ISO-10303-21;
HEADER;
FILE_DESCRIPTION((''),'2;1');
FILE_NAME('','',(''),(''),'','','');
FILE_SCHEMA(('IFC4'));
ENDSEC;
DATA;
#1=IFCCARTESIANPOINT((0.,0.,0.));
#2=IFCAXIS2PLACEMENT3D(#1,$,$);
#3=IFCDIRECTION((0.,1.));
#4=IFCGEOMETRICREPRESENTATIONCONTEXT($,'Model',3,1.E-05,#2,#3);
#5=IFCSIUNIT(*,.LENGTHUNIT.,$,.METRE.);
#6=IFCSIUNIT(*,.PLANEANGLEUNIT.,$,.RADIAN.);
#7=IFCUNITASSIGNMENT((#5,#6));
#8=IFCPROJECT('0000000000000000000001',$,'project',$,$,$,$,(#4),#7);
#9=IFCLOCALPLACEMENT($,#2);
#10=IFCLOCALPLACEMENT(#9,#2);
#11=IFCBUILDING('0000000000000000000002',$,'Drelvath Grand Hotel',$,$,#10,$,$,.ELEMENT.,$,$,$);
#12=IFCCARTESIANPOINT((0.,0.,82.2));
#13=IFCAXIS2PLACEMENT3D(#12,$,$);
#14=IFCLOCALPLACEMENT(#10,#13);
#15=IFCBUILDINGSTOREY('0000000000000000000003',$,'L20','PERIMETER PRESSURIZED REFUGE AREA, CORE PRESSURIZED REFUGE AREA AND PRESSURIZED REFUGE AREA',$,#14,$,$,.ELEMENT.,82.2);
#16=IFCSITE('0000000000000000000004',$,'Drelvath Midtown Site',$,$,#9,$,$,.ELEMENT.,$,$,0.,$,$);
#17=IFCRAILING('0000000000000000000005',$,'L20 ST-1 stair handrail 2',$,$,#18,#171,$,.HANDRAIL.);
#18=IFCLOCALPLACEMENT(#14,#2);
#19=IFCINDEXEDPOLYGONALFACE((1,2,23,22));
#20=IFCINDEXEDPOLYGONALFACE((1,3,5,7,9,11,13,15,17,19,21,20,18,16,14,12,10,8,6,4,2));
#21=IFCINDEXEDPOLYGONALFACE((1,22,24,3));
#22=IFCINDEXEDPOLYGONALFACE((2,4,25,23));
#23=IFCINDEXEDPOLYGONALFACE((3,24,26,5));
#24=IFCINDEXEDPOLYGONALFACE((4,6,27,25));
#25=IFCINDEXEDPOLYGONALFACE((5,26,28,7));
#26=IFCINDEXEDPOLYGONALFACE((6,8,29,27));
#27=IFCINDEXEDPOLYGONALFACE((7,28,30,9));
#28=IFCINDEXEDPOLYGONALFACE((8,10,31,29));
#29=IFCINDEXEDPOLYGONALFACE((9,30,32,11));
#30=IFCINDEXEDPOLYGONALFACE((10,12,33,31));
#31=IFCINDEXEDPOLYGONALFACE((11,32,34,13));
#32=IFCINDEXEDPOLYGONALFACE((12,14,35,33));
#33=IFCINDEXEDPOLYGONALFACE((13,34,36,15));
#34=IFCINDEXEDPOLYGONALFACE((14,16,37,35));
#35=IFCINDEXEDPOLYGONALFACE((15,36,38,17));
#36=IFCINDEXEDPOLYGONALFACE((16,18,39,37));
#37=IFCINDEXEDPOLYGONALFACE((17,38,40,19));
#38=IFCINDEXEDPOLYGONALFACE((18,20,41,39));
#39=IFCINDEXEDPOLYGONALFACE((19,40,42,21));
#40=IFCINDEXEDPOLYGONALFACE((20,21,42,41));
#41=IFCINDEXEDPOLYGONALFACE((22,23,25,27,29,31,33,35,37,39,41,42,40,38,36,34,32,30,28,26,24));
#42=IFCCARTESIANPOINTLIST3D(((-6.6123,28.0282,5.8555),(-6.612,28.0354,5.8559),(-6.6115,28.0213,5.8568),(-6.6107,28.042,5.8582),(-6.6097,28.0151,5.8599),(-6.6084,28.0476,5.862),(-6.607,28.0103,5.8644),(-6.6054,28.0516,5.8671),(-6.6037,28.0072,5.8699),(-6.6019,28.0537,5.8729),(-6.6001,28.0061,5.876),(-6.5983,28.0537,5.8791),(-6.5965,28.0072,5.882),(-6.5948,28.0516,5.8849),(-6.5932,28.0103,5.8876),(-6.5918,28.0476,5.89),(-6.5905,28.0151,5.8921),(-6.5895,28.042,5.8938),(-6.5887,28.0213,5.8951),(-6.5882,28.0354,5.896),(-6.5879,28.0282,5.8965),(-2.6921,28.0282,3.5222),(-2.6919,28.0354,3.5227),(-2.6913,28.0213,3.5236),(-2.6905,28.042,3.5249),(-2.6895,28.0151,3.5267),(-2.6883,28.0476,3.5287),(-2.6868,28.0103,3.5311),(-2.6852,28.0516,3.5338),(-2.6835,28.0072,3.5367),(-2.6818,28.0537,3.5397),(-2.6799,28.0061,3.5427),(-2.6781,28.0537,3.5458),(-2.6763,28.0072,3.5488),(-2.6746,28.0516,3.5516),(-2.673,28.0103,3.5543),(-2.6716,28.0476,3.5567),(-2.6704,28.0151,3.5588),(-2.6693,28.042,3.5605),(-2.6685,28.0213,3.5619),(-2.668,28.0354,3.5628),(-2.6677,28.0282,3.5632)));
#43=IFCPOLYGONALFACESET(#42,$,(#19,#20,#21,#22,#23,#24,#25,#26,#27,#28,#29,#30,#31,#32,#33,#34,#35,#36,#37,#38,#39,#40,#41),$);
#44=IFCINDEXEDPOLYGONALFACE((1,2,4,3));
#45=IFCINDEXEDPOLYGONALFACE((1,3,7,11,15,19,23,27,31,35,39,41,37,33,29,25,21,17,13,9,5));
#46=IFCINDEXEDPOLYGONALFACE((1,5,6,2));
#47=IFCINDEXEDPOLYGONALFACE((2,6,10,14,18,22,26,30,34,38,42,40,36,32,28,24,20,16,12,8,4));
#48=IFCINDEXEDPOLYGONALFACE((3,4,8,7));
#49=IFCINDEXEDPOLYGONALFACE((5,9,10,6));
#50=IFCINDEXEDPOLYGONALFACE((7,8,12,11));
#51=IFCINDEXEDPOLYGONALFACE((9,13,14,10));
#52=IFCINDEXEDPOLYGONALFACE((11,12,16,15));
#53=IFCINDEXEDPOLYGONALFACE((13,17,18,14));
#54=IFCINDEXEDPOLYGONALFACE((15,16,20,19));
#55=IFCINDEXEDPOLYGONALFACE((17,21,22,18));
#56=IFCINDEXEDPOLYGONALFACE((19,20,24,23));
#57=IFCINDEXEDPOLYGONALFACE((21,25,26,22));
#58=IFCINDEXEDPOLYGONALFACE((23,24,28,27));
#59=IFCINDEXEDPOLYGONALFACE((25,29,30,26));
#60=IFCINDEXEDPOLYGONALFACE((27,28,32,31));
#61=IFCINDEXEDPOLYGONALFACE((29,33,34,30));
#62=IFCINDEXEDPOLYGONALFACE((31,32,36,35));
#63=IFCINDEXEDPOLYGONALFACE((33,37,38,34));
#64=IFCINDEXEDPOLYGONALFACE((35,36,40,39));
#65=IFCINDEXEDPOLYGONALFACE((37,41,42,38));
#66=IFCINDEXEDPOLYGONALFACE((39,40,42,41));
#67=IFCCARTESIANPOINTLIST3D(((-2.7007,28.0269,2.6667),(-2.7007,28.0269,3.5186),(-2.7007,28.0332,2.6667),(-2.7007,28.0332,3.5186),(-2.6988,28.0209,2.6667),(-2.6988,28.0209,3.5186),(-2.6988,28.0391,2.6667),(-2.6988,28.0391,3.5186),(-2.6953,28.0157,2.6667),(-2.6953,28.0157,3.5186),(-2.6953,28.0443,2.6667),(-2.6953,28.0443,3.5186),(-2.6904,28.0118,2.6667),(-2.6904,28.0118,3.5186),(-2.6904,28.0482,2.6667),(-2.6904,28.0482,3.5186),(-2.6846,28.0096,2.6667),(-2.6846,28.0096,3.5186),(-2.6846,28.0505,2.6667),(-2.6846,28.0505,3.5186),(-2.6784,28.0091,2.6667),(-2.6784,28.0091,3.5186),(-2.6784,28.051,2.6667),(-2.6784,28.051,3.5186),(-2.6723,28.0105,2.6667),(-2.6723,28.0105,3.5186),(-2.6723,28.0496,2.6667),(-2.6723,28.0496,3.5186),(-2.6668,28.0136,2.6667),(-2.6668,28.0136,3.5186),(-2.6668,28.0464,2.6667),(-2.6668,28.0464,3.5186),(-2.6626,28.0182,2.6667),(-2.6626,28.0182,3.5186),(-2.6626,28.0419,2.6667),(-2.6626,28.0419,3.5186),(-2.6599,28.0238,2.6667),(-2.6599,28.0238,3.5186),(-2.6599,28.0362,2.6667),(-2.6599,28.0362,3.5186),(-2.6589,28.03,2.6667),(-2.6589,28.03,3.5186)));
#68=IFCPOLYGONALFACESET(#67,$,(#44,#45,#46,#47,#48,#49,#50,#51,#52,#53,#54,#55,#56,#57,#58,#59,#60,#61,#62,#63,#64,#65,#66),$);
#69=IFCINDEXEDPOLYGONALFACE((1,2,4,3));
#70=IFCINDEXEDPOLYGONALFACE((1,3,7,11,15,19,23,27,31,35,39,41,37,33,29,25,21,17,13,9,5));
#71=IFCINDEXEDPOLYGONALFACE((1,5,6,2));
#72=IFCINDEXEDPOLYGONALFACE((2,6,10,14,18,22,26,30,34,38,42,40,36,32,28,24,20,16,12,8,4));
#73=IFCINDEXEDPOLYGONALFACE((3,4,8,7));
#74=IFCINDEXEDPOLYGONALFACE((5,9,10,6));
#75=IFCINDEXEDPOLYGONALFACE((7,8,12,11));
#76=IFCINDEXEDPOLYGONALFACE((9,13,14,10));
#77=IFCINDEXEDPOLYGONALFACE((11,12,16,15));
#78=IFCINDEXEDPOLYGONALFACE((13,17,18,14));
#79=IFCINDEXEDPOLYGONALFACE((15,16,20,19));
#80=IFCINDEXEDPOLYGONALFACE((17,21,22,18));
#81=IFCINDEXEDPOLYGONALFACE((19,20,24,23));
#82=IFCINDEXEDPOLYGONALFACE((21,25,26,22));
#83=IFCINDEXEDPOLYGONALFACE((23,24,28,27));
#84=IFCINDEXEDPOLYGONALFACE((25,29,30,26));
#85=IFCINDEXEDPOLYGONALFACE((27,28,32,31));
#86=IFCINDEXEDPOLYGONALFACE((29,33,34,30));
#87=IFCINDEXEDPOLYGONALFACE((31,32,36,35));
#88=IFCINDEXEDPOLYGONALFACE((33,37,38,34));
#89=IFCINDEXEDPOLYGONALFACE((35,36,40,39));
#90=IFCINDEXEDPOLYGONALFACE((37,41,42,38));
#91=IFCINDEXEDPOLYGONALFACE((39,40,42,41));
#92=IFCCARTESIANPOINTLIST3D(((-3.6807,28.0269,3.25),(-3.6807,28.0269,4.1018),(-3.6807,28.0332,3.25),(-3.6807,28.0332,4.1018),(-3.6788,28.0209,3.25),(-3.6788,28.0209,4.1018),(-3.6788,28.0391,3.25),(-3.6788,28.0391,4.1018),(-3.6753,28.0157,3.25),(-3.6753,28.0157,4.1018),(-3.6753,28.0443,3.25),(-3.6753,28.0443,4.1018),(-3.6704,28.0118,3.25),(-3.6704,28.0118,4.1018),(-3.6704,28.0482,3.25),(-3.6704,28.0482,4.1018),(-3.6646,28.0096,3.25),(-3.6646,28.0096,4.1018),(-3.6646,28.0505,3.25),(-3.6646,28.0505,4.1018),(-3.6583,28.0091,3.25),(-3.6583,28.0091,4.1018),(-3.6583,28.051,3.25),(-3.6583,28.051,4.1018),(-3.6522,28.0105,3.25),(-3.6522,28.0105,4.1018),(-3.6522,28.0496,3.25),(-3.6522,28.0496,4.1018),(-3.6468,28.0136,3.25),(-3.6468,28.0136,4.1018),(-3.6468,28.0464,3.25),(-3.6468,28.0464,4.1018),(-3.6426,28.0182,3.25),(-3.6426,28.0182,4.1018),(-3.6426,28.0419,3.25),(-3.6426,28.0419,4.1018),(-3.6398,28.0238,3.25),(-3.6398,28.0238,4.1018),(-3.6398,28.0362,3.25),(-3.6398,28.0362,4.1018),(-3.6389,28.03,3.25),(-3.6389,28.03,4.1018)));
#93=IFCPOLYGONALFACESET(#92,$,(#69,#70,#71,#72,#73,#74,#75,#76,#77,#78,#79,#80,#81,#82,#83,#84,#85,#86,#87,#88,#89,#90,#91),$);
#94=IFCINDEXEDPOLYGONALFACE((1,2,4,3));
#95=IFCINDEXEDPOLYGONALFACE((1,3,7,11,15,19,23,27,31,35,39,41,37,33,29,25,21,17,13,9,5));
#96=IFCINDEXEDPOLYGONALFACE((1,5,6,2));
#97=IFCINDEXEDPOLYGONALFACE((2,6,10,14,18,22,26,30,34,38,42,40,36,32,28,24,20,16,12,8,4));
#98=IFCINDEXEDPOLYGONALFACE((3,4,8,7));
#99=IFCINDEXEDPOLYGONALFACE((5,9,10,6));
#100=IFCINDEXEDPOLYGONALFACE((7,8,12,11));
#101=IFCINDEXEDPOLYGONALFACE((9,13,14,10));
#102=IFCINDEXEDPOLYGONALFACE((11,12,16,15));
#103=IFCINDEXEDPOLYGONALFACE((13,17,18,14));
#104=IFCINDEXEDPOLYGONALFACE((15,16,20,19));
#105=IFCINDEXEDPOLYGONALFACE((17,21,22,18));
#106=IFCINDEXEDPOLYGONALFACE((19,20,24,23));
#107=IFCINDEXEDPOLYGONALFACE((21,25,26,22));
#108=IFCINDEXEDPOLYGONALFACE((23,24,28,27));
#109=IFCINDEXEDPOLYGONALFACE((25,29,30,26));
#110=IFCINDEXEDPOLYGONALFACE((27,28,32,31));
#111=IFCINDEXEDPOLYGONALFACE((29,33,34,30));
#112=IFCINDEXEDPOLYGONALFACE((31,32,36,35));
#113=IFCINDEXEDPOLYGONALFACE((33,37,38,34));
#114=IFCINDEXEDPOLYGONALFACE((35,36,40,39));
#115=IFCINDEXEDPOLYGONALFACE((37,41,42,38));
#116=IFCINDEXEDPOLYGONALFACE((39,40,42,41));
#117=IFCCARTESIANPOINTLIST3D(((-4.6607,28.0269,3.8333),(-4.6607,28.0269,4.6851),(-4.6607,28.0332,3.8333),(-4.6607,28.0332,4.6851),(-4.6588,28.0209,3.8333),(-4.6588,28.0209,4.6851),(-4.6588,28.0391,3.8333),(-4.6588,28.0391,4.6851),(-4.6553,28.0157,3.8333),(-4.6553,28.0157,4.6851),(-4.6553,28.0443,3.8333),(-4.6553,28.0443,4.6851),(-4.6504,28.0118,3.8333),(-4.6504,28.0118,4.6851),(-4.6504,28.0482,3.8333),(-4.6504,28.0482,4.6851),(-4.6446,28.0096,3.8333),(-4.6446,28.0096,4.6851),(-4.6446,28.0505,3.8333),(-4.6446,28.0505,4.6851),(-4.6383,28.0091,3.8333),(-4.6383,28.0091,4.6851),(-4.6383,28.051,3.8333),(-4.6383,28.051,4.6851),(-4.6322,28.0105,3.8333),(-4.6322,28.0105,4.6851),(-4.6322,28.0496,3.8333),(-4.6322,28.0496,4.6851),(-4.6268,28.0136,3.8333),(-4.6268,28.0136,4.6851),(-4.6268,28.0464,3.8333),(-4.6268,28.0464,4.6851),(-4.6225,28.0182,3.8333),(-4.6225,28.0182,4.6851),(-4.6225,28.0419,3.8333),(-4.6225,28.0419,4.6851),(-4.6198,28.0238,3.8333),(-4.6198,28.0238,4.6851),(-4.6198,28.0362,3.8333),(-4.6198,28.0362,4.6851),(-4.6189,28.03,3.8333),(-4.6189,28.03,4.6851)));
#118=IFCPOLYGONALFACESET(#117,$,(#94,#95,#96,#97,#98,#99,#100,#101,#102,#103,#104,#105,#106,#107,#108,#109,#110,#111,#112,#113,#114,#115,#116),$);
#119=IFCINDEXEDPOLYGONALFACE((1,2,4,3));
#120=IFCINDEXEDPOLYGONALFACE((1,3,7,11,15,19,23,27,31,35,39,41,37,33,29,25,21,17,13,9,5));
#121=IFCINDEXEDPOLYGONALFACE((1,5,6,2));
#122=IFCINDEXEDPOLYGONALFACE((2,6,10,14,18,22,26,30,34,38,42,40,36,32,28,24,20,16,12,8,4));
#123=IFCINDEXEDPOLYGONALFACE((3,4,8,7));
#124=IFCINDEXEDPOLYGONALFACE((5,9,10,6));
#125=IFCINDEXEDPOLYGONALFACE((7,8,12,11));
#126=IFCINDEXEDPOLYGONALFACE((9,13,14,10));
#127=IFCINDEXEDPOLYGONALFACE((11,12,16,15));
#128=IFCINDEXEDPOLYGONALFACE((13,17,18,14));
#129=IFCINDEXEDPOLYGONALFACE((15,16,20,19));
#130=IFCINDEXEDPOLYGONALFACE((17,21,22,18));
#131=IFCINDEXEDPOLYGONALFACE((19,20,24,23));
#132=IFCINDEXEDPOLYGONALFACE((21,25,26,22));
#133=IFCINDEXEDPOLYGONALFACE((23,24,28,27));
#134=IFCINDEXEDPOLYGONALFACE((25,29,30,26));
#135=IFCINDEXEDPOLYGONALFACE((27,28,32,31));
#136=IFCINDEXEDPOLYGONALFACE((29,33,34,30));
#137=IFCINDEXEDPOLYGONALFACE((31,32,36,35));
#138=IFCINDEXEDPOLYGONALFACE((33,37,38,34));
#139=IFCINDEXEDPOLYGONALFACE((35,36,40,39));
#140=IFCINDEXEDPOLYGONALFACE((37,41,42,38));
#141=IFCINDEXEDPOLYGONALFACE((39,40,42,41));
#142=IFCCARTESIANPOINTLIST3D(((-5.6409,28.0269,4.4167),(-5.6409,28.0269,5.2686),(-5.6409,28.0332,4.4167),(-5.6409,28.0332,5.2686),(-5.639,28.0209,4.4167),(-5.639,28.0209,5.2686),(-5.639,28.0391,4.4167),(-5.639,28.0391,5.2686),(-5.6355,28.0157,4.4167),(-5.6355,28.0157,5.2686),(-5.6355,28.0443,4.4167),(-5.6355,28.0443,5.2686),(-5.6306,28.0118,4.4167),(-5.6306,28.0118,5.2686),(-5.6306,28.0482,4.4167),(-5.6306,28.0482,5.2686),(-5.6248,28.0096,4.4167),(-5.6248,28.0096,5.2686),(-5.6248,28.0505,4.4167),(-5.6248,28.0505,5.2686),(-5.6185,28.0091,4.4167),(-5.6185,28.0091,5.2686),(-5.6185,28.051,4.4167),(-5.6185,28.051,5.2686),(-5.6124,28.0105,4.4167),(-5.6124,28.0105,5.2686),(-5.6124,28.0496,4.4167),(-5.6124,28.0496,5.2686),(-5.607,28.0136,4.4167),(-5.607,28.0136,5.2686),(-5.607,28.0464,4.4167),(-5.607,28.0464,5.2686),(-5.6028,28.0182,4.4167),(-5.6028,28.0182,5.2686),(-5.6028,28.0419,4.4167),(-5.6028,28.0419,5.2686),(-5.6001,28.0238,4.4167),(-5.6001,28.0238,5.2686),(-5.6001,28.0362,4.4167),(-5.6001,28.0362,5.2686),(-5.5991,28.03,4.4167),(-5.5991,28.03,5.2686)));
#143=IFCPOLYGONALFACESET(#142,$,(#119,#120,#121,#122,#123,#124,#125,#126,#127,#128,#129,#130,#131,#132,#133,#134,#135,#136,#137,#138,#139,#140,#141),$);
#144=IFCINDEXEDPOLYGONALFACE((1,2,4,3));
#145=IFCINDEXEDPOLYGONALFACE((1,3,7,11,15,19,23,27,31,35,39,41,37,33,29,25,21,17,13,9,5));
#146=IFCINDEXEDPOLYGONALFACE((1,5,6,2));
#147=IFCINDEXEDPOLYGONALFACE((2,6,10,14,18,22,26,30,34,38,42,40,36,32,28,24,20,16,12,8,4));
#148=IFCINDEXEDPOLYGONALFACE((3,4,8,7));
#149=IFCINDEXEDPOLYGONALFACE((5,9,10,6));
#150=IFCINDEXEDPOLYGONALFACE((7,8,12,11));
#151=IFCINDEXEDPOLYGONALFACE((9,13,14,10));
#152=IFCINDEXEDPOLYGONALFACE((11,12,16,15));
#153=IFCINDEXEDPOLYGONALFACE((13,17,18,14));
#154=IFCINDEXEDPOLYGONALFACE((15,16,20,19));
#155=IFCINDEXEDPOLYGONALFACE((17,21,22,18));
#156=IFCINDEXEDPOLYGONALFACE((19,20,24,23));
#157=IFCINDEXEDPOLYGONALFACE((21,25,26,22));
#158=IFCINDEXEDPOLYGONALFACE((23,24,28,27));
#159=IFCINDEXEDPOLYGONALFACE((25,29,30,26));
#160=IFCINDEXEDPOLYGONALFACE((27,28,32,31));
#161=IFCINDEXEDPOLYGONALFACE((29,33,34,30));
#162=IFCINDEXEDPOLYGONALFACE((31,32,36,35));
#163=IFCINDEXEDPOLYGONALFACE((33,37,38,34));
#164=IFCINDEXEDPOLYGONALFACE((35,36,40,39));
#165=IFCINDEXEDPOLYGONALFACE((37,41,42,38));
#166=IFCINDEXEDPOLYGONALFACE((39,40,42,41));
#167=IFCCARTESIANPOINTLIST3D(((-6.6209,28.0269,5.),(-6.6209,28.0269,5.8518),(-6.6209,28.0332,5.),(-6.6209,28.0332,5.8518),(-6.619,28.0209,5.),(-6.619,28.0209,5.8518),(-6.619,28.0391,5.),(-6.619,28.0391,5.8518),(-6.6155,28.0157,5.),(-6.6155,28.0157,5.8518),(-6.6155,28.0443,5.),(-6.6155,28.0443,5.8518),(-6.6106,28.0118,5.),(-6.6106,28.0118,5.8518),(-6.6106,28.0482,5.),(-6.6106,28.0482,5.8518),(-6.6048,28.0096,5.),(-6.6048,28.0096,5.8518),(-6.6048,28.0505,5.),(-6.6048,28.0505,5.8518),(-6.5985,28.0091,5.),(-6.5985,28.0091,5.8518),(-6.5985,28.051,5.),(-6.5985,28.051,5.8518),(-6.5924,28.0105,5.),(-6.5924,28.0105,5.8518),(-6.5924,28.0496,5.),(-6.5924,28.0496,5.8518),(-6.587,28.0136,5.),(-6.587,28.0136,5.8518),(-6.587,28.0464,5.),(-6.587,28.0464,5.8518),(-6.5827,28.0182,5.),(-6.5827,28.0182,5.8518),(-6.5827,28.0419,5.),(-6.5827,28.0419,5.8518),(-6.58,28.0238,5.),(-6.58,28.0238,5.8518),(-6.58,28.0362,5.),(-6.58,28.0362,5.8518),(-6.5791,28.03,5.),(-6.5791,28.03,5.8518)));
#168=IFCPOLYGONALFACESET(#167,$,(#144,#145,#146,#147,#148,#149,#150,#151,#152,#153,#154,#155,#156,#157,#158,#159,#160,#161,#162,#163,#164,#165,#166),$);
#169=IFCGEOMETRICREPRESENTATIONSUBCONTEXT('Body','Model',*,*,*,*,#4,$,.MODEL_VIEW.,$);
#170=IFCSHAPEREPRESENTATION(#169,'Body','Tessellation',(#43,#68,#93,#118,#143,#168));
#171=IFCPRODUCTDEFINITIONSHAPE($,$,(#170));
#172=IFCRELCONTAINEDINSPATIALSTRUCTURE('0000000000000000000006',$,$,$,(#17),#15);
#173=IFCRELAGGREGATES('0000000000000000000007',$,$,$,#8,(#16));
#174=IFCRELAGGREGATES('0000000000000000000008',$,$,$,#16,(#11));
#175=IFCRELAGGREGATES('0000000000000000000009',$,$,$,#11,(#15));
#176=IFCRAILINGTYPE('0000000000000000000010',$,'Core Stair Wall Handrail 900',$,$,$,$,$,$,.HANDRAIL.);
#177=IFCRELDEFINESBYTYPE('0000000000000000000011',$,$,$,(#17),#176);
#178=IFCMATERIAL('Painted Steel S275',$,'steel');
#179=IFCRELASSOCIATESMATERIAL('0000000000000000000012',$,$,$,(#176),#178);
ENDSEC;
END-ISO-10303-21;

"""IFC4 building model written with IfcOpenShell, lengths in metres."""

from ifc_helpers import new_model, si_unit, direction, frame, origin, origin_2d, place, context, subcontext, project, spatial, circle, extrude, material, type_object, element, save


model = new_model("IFC4")

# Units and contexts
model_context = context("Model", 3, precision=1e-05, world=origin(), true_north=direction((0.0, 1.0)))
body_context = subcontext(model_context, "Body", "Model", "MODEL_VIEW")
ifc_project = project(units=[si_unit("LENGTHUNIT", "METRE"), si_unit("PLANEANGLEUNIT", "RADIAN")], contexts=[model_context])

# Site, building, storey
site_placement = place(None, origin())
site = spatial("IfcSite", under=ifc_project, at=site_placement, Name="Drelvath Midtown Site", CompositionType="ELEMENT", RefElevation=0.0)
building_placement = place(site_placement, origin())
building = spatial("IfcBuilding", under=site, at=building_placement, Name="Drelvath Grand Hotel", CompositionType="ELEMENT")
storey_placement = place(building_placement, frame((0.0, 0.0, 82.2)))
storey = spatial("IfcBuildingStorey", under=building, at=storey_placement, Name="L20", Description="PERIMETER PRESSURIZED REFUGE AREA, CORE PRESSURIZED REFUGE AREA AND PRESSURIZED REFUGE AREA", CompositionType="ELEMENT", Elevation=82.2)

# Shared definitions
ifc_material_1 = material(Name="Painted Steel S275", Category="steel")

# Railing
railing_type_1 = type_object("IfcRailingType", Name="Core Stair Wall Handrail 900", PredefinedType="HANDRAIL", material=ifc_material_1)
railing_1_placement = place(storey_placement, frame((-2.6799, 28.03, 2.6667)))
element("IfcRailing", 1, at=railing_1_placement, inside=storey, type_object=railing_type_1, Name="L20 ST-1 stair handrail 2", PredefinedType="HANDRAIL", context=body_context, shape_type="SweptSolid", body=[
    extrude(circle(Radius=0.0239, at=origin_2d()), frame((0.0, 0.0, 0.876), z_axis=(-0.85931, 0.0, 0.511455), x_axis=(0.0, -1.0, 0.0)), (0.0, 0.0, 1.0), 4.562),
    extrude(circle(Radius=0.021, at=origin_2d()), origin(), (0.0, 0.0, 1.0), 0.8518),
    extrude(circle(Radius=0.021, at=origin_2d()), frame((-0.98, 0.0, 0.5833)), (0.0, 0.0, 1.0), 0.8518),
    extrude(circle(Radius=0.021, at=origin_2d()), frame((-1.96, 0.0, 1.1665)), (0.0, 0.0, 1.0), 0.8518),
    extrude(circle(Radius=0.021, at=origin_2d()), frame((-2.9402, 0.0, 1.75)), (0.0, 0.0, 1.0), 0.8518),
    extrude(circle(Radius=0.021, at=origin_2d()), frame((-3.9202, 0.0, 2.3333)), (0.0, 0.0, 1.0), 0.8518),
])

save(model, "model.ifc")
